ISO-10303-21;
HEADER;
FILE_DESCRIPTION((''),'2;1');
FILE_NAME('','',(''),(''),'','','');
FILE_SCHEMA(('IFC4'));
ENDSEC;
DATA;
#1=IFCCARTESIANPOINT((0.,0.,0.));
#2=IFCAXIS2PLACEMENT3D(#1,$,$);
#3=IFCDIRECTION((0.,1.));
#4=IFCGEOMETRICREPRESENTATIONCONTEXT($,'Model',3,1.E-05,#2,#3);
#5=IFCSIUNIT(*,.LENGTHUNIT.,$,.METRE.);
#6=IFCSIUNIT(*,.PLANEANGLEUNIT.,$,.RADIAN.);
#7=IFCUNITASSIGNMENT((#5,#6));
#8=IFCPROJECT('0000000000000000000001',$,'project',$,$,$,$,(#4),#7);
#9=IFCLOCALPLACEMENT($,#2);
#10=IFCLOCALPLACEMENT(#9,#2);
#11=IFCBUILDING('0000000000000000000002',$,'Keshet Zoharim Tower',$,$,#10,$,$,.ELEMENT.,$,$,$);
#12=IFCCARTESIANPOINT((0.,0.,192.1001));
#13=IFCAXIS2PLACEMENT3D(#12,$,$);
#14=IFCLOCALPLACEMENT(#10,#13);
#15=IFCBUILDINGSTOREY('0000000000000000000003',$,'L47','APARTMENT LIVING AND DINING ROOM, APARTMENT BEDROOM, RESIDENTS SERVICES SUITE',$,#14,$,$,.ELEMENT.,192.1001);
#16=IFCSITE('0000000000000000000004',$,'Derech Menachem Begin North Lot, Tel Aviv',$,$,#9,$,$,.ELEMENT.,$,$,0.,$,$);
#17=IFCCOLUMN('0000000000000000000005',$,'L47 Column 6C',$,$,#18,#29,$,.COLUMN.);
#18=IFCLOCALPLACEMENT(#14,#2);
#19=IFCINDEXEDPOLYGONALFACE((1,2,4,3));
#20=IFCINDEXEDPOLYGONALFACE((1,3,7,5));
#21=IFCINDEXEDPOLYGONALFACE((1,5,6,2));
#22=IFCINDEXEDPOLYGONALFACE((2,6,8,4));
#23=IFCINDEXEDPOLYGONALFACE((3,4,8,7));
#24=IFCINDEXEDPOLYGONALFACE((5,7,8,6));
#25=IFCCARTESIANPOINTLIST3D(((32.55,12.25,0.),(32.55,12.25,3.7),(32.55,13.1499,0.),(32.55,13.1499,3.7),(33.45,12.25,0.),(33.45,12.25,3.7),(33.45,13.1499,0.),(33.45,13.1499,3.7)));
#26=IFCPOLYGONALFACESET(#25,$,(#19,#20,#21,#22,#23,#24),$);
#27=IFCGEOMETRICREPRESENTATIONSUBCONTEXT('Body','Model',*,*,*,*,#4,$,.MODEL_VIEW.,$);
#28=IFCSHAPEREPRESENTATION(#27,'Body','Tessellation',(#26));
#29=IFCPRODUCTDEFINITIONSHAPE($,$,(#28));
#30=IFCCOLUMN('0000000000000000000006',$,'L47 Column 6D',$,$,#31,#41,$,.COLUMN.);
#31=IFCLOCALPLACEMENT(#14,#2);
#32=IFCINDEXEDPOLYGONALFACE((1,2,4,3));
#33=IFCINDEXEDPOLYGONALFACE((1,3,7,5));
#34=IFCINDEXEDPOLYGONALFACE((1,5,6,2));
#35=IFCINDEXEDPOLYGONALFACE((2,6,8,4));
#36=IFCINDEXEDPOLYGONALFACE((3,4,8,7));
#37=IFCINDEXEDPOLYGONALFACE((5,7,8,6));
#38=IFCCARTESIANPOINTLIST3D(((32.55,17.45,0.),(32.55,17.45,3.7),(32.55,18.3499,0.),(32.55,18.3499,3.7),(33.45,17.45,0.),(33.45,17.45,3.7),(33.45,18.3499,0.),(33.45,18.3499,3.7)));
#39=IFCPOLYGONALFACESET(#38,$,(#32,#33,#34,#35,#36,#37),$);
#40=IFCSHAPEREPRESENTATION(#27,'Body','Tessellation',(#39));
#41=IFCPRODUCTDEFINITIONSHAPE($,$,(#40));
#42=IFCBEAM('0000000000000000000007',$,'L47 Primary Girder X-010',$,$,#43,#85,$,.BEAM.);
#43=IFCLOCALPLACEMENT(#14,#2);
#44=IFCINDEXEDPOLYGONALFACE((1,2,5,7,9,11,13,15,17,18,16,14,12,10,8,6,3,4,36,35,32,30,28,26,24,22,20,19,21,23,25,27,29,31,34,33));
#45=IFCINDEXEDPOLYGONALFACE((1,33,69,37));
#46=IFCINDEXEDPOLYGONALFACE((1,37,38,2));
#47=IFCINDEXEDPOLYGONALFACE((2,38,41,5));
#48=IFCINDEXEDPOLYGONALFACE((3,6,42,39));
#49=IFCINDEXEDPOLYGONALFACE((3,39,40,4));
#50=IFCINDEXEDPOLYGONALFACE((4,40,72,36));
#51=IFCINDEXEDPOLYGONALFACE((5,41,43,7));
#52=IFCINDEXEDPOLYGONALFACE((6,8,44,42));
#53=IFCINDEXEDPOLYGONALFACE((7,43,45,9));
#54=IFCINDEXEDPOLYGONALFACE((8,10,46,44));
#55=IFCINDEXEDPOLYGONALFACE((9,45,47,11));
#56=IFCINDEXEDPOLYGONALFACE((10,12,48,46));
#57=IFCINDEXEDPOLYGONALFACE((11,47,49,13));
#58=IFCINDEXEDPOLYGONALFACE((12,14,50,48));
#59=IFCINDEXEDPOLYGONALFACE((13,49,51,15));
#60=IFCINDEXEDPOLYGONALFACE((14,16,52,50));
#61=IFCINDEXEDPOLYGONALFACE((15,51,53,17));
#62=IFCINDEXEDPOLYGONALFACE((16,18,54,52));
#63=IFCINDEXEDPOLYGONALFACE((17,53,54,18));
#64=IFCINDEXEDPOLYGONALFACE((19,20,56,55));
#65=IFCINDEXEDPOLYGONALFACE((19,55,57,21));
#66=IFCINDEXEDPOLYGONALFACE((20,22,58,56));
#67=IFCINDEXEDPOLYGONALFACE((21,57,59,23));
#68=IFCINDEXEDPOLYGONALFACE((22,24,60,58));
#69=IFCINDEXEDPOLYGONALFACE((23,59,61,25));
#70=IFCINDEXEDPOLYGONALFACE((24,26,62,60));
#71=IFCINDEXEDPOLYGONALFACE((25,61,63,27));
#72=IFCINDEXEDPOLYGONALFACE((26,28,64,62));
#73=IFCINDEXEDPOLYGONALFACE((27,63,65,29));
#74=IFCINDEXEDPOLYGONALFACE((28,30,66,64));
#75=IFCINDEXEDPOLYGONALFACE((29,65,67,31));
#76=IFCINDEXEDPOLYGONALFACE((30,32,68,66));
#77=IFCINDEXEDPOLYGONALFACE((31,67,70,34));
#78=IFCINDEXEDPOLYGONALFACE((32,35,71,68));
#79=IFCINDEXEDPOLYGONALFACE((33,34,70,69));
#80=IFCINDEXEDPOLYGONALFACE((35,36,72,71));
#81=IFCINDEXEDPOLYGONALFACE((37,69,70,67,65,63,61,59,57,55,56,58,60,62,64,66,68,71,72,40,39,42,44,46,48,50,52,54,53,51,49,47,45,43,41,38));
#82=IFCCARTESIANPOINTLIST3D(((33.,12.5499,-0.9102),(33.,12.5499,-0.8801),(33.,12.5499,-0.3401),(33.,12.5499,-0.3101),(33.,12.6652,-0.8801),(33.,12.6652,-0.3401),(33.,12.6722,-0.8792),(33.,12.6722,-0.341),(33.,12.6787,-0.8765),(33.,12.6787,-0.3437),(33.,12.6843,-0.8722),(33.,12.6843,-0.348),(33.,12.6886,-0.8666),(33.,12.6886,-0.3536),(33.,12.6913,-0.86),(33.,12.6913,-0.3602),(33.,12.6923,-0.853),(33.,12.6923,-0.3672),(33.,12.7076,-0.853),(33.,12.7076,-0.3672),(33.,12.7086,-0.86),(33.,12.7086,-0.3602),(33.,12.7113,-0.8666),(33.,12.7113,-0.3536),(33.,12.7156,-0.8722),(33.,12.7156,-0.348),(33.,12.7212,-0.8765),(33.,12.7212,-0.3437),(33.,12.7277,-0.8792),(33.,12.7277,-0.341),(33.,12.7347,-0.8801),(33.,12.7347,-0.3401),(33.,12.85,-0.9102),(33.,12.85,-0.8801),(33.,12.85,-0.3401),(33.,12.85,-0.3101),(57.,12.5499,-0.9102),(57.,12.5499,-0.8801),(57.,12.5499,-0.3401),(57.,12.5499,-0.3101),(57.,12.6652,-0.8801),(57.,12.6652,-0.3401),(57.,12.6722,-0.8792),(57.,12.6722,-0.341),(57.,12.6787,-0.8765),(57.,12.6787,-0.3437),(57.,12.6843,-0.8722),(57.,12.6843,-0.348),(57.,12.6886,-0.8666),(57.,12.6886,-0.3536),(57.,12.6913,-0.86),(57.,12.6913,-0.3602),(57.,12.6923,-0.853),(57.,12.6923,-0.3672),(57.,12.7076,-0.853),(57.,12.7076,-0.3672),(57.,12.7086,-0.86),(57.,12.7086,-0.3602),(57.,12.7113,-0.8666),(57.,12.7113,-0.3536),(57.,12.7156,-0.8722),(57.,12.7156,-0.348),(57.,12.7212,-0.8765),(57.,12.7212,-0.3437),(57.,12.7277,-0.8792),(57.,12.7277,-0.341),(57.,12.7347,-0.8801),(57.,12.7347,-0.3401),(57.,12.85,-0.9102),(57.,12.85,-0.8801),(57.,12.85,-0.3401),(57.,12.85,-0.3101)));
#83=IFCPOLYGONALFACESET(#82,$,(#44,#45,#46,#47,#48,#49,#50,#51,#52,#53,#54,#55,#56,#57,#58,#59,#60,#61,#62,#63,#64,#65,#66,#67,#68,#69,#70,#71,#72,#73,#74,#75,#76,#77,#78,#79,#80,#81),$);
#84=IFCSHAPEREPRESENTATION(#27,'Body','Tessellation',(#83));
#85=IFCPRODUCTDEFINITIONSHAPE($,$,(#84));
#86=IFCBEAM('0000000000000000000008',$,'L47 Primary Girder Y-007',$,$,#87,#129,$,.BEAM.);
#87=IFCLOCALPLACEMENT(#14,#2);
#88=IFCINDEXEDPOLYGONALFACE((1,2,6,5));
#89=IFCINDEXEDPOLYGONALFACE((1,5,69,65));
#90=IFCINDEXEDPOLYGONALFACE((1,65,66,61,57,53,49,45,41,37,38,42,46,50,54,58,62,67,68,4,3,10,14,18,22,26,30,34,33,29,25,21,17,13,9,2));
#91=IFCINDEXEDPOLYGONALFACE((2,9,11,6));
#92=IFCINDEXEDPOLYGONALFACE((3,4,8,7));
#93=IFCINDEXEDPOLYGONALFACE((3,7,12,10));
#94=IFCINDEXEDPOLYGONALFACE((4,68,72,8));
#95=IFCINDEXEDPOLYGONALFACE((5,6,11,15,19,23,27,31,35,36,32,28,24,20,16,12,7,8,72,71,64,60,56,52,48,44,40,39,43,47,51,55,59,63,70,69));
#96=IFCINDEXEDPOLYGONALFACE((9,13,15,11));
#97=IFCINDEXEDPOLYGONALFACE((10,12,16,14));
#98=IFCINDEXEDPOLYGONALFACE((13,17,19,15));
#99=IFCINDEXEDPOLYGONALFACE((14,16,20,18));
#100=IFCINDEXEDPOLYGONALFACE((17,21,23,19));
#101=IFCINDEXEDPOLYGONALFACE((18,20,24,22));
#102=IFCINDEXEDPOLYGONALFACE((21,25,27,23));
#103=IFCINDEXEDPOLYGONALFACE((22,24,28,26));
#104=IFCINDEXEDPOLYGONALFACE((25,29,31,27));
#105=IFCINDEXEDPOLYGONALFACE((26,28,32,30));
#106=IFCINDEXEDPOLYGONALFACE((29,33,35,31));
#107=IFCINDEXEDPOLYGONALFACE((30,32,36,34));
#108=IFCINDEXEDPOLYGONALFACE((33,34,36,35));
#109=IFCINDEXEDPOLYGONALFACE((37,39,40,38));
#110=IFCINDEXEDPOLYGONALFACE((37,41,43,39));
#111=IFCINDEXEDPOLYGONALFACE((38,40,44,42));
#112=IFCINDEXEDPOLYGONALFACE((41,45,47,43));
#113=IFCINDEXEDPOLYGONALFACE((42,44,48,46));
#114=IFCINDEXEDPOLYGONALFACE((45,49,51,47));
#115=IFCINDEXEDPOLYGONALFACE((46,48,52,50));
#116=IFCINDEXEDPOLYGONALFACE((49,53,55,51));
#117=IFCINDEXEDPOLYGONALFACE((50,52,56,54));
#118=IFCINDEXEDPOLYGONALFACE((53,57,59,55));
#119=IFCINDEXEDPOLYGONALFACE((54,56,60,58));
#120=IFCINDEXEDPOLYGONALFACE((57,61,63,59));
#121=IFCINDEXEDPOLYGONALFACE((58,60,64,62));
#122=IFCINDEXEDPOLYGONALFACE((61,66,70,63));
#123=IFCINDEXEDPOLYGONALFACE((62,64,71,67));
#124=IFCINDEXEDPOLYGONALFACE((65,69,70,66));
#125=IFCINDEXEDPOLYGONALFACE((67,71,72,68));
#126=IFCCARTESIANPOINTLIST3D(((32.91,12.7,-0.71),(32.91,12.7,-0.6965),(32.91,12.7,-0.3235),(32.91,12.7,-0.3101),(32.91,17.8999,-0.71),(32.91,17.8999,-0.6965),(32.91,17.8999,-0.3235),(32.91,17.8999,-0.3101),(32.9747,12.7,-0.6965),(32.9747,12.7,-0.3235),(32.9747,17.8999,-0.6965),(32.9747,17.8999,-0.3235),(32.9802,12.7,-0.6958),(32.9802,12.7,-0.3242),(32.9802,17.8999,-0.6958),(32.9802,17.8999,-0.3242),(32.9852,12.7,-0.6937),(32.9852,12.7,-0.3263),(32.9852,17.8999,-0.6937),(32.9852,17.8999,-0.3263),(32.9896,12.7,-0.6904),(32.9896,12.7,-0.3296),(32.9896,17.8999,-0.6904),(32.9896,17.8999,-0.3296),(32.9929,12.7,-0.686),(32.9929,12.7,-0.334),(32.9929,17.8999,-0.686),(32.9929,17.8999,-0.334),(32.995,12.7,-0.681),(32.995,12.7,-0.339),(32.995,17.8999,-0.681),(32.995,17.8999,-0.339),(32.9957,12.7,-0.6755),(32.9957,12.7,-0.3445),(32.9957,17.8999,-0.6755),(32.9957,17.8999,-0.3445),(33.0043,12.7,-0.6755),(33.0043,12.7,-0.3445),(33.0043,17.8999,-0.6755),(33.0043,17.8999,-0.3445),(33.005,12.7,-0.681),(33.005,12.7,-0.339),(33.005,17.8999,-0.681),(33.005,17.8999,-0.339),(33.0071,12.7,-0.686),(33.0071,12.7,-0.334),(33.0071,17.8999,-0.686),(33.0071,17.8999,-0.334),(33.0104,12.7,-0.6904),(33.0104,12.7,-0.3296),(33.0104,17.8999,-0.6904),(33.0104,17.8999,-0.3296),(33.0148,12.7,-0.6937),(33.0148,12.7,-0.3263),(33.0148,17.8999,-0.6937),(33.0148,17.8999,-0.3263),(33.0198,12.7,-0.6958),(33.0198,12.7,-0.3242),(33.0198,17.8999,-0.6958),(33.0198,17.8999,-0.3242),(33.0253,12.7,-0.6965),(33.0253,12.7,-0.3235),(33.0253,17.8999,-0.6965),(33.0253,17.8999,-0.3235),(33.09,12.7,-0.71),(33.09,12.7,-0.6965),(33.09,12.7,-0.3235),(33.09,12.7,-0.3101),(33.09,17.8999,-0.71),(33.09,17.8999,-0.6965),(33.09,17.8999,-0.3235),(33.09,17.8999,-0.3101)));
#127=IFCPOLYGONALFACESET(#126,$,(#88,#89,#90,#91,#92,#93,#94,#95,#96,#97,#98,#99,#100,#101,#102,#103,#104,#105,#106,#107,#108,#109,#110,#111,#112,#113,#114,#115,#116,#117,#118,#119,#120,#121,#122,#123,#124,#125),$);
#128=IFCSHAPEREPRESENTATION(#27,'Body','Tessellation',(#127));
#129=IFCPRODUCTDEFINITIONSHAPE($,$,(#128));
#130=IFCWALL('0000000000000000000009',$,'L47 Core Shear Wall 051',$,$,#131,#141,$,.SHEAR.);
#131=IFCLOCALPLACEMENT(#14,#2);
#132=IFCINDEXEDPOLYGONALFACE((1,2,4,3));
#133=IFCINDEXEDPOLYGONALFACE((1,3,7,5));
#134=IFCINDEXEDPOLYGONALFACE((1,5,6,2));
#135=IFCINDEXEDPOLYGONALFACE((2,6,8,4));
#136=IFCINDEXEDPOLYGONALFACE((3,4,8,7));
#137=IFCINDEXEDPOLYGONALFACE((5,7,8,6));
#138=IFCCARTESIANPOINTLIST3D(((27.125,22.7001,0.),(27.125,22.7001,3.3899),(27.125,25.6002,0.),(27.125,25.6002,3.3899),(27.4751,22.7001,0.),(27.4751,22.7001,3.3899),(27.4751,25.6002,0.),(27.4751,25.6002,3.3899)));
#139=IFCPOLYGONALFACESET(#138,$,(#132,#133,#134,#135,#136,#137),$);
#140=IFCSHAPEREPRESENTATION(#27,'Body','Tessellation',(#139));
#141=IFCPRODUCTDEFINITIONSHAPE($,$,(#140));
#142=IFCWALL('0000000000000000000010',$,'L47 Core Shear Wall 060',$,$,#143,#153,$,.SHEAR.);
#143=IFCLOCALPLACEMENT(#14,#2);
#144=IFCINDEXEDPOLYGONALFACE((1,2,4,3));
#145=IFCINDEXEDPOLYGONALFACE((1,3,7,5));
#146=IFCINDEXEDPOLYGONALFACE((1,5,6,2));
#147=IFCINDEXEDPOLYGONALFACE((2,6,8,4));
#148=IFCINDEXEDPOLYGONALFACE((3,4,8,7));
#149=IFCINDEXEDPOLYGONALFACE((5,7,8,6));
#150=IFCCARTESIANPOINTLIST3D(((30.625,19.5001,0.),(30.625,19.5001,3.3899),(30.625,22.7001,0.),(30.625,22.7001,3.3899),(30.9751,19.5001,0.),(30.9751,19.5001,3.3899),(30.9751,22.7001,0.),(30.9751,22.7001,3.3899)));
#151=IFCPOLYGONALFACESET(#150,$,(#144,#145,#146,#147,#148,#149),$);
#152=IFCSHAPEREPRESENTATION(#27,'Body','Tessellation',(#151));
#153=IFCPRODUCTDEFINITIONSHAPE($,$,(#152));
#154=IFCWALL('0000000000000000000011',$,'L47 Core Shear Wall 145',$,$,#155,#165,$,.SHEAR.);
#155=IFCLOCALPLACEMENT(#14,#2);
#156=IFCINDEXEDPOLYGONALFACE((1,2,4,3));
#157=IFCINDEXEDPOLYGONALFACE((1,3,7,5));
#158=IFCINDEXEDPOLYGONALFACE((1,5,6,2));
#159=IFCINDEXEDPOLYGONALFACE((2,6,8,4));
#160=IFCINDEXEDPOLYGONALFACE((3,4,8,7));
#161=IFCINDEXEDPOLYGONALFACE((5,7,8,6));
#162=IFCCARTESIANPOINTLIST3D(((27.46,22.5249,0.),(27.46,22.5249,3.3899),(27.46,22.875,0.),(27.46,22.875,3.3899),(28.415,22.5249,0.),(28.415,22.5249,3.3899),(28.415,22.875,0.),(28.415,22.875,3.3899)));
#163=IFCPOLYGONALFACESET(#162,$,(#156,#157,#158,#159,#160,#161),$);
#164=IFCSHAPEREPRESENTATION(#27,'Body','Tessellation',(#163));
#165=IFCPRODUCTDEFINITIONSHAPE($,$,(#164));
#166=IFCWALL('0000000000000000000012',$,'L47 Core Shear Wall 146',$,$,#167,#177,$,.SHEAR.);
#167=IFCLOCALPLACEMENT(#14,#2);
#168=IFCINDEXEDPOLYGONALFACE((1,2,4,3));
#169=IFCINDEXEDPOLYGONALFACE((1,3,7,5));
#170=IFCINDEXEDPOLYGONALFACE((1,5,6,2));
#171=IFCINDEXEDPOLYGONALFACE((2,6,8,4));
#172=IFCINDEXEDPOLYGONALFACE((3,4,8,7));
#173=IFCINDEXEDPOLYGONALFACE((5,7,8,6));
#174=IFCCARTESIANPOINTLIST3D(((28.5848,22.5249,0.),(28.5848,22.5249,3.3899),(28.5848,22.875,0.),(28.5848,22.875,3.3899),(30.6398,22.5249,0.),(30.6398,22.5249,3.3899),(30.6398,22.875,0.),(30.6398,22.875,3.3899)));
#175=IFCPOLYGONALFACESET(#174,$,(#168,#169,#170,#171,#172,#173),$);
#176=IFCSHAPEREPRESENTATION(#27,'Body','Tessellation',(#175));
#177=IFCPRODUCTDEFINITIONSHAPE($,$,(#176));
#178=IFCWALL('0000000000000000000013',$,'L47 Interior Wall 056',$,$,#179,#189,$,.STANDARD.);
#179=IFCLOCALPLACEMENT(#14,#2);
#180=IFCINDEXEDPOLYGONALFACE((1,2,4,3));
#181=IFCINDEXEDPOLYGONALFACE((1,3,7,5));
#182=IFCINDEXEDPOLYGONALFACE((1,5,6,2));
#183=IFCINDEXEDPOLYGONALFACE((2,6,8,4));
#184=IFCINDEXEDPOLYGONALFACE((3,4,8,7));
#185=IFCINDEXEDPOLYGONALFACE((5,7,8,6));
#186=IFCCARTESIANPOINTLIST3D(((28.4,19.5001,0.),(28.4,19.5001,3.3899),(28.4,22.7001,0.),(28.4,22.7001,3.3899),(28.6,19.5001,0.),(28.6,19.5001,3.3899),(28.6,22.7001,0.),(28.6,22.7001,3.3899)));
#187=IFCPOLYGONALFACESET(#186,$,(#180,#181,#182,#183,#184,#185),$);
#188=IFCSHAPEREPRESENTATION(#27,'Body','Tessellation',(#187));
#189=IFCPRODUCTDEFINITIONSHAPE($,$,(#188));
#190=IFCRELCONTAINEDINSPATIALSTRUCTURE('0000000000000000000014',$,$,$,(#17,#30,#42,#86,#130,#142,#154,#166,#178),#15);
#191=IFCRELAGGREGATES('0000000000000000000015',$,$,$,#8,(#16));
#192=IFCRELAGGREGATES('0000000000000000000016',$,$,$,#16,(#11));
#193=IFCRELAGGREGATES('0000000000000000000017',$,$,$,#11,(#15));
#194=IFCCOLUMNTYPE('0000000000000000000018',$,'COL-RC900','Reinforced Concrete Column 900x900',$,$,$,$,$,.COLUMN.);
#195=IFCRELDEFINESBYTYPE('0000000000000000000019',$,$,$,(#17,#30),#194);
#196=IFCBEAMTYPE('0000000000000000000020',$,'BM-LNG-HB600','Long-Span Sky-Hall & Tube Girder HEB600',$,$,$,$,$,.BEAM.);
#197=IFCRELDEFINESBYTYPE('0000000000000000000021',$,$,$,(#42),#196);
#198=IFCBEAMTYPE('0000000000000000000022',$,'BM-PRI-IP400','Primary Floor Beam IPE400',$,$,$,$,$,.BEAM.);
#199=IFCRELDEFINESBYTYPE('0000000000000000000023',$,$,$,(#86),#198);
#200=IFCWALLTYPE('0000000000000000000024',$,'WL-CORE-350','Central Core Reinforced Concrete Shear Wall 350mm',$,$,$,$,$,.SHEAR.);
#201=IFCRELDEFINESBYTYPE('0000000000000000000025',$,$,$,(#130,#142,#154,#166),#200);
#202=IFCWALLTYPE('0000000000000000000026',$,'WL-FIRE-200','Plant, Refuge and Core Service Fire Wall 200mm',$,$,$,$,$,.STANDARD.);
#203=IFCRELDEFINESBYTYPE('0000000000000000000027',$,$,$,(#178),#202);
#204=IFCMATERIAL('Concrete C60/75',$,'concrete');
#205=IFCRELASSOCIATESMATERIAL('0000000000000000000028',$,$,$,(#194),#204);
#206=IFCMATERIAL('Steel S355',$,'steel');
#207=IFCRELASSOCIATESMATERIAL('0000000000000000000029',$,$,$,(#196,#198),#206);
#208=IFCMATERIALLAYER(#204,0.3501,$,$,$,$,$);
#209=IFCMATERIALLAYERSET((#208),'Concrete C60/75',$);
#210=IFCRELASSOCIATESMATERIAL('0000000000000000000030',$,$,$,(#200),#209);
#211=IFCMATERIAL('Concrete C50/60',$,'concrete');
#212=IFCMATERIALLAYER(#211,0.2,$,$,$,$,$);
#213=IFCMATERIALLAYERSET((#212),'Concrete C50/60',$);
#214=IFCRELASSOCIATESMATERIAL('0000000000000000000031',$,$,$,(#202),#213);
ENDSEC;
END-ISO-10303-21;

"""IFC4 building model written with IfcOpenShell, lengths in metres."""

from ifc_helpers import new_model, si_unit, direction, frame, frame_2d, origin, origin_2d, place, context, subcontext, project, spatial, rectangle, i_section, extrude, material, layer, layer_set, material_profile, profile_set, type_object, element, save


model = new_model("IFC4")

# Units and contexts
model_context = context("Model", 3, precision=1e-05, world=origin(), true_north=direction((0.0, 1.0)))
body_context = subcontext(model_context, "Body", "Model", "MODEL_VIEW")
ifc_project = project(units=[si_unit("LENGTHUNIT", "METRE"), si_unit("PLANEANGLEUNIT", "RADIAN")], contexts=[model_context])

# Site, building, storey
site_placement = place(None, origin())
site = spatial("IfcSite", under=ifc_project, at=site_placement, Name="Derech Menachem Begin North Lot, Tel Aviv", CompositionType="ELEMENT", RefElevation=0.0)
building_placement = place(site_placement, origin())
building = spatial("IfcBuilding", under=site, at=building_placement, Name="Keshet Zoharim Tower", CompositionType="ELEMENT")
storey_placement = place(building_placement, frame((0.0, 0.0, 192.1001)))
storey = spatial("IfcBuildingStorey", under=building, at=storey_placement, Name="L47", Description="APARTMENT LIVING AND DINING ROOM, APARTMENT BEDROOM, RESIDENTS SERVICES SUITE", CompositionType="ELEMENT", Elevation=192.1001)

# Columns
ifc_material_1 = material(Name="Concrete C60/75", Category="concrete")
ifc_material_profile_1 = material_profile(ifc_material_1, rectangle(XDim=0.8999, YDim=0.8999, at=origin_2d()), Name="RC900x900")
ifc_profile_set_1 = profile_set([ifc_material_profile_1], Name="Concrete C60/75")
column_type = type_object("IfcColumnType", Name="COL-RC900", Description="Reinforced Concrete Column 900x900", PredefinedType="COLUMN", material=ifc_profile_set_1)
for number, where, z_axis, x_axis, name in (
    (1, (33.0, 12.7, 0.0), (0.0, 0.0, 1.0), (1.0, 0.0, 0.0), "L47 Column 6C"),
    (2, (33.0, 17.8999, 0.0), (0.0, 0.0, 1.0), (1.0, 0.0, 0.0), "L47 Column 6D"),
):
    element("IfcColumn", number, at=place(storey_placement, frame(where, z_axis=z_axis, x_axis=x_axis)), inside=storey, type_object=column_type, Name=name, PredefinedType="COLUMN", context=body_context, shape_type="SweptSolid", body=[
        extrude(rectangle(XDim=0.8999, YDim=0.8999, at=origin_2d()), origin(), (0.0, 0.0, 1.0), 3.7),
    ])

# Beams
ifc_material_2 = material(Name="Steel S355", Category="steel")
ifc_material_profile_2 = material_profile(ifc_material_2, i_section(OverallWidth=0.3, OverallDepth=0.6001, WebThickness=0.0154, FlangeThickness=0.03, FilletRadius=0.0271, at=origin_2d()), Name="HEB600")
ifc_profile_set_2 = profile_set([ifc_material_profile_2], Name="Steel S355")
beam_type_1 = type_object("IfcBeamType", Name="BM-LNG-HB600", Description="Long-Span Sky-Hall & Tube Girder HEB600", PredefinedType="BEAM", material=ifc_profile_set_2)
beam_1_placement = place(storey_placement, frame((33.0, 12.7, -0.6101), z_axis=(1.0, 0.0, 0.0), x_axis=(0.0, 1.0, 0.0)))
element("IfcBeam", 3, at=beam_1_placement, inside=storey, type_object=beam_type_1, Name="L47 Primary Girder X-010", PredefinedType="BEAM", context=body_context, shape_type="SweptSolid", body=[
    extrude(i_section(OverallWidth=0.3, OverallDepth=0.6001, WebThickness=0.0154, FlangeThickness=0.03, FilletRadius=0.0271, at=origin_2d()), origin(), (0.0, 0.0, 1.0), 24.0),
])
ifc_material_profile_3 = material_profile(ifc_material_2, i_section(OverallWidth=0.1799, OverallDepth=0.3999, WebThickness=0.0085, FlangeThickness=0.0134, FilletRadius=0.021, at=origin_2d()), Name="IPE400")
ifc_profile_set_3 = profile_set([ifc_material_profile_3], Name="Steel S355")
beam_type_2 = type_object("IfcBeamType", Name="BM-PRI-IP400", Description="Primary Floor Beam IPE400", PredefinedType="BEAM", material=ifc_profile_set_3)
beam_2_placement = place(storey_placement, frame((33.0, 12.7, -0.51), z_axis=(0.0, 1.0, 0.0), x_axis=(-1.0, 0.0, 0.0)))
element("IfcBeam", 4, at=beam_2_placement, inside=storey, type_object=beam_type_2, Name="L47 Primary Girder Y-007", PredefinedType="BEAM", context=body_context, shape_type="SweptSolid", body=[
    extrude(i_section(OverallWidth=0.1799, OverallDepth=0.3999, WebThickness=0.0085, FlangeThickness=0.0134, FilletRadius=0.021, at=origin_2d()), origin(), (0.0, 0.0, 1.0), 5.2),
])

# Walls
ifc_layer_1 = layer(ifc_material_1, 0.3501)
ifc_layer_set_1 = layer_set([ifc_layer_1], Name="Concrete C60/75")
wall_type_1 = type_object("IfcWallType", Name="WL-CORE-350", Description="Central Core Reinforced Concrete Shear Wall 350mm", PredefinedType="SHEAR", material=ifc_layer_set_1)
wall_1_placement = place(storey_placement, frame((27.3, 22.7, 0.0), z_axis=(0.0, 0.0, 1.0), x_axis=(0.0, 1.0, 0.0)))
element("IfcWall", 5, at=wall_1_placement, inside=storey, type_object=wall_type_1, Name="L47 Core Shear Wall 051", PredefinedType="SHEAR", context=body_context, shape_type="SweptSolid", body=[
    extrude(rectangle(XDim=2.9001, YDim=0.3501, at=frame_2d((1.4502, 0.0))), origin(), (0.0, 0.0, 1.0), 3.3899),
])
wall_2_placement = place(storey_placement, frame((30.8, 19.5, 0.0), z_axis=(0.0, 0.0, 1.0), x_axis=(0.0, 1.0, 0.0)))
element("IfcWall", 6, at=wall_2_placement, inside=storey, type_object=wall_type_1, Name="L47 Core Shear Wall 060", PredefinedType="SHEAR", context=body_context, shape_type="SweptSolid", body=[
    extrude(rectangle(XDim=3.2, YDim=0.3501, at=frame_2d((1.6001, 0.0))), origin(), (0.0, 0.0, 1.0), 3.3899),
])
wall_3_placement = place(storey_placement, frame((27.46, 22.7, 0.0), z_axis=(0.0, 0.0, 1.0), x_axis=(1.0, 0.0, 0.0)))
element("IfcWall", 7, at=wall_3_placement, inside=storey, type_object=wall_type_1, Name="L47 Core Shear Wall 145", PredefinedType="SHEAR", context=body_context, shape_type="SweptSolid", body=[
    extrude(rectangle(XDim=0.9551, YDim=0.3501, at=frame_2d((0.4775, 0.0))), origin(), (0.0, 0.0, 1.0), 3.3899),
])
wall_4_placement = place(storey_placement, frame((28.585, 22.7, 0.0), z_axis=(0.0, 0.0, 1.0), x_axis=(1.0, 0.0, 0.0)))
element("IfcWall", 8, at=wall_4_placement, inside=storey, type_object=wall_type_1, Name="L47 Core Shear Wall 146", PredefinedType="SHEAR", context=body_context, shape_type="SweptSolid", body=[
    extrude(rectangle(XDim=2.0549, YDim=0.3501, at=frame_2d((1.0273, 0.0))), origin(), (0.0, 0.0, 1.0), 3.3899),
])
ifc_material_3 = material(Name="Concrete C50/60", Category="concrete")
ifc_layer_2 = layer(ifc_material_3, 0.2)
ifc_layer_set_2 = layer_set([ifc_layer_2], Name="Concrete C50/60")
wall_type_2 = type_object("IfcWallType", Name="WL-FIRE-200", Description="Plant, Refuge and Core Service Fire Wall 200mm", PredefinedType="STANDARD", material=ifc_layer_set_2)
wall_5_placement = place(storey_placement, frame((28.5, 19.5, 0.0), z_axis=(0.0, 0.0, 1.0), x_axis=(0.0, 1.0, 0.0)))
element("IfcWall", 9, at=wall_5_placement, inside=storey, type_object=wall_type_2, Name="L47 Interior Wall 056", PredefinedType="STANDARD", context=body_context, shape_type="SweptSolid", body=[
    extrude(rectangle(XDim=3.2, YDim=0.2, at=frame_2d((1.6001, 0.0))), origin(), (0.0, 0.0, 1.0), 3.3899),
])

save(model, "model.ifc")
